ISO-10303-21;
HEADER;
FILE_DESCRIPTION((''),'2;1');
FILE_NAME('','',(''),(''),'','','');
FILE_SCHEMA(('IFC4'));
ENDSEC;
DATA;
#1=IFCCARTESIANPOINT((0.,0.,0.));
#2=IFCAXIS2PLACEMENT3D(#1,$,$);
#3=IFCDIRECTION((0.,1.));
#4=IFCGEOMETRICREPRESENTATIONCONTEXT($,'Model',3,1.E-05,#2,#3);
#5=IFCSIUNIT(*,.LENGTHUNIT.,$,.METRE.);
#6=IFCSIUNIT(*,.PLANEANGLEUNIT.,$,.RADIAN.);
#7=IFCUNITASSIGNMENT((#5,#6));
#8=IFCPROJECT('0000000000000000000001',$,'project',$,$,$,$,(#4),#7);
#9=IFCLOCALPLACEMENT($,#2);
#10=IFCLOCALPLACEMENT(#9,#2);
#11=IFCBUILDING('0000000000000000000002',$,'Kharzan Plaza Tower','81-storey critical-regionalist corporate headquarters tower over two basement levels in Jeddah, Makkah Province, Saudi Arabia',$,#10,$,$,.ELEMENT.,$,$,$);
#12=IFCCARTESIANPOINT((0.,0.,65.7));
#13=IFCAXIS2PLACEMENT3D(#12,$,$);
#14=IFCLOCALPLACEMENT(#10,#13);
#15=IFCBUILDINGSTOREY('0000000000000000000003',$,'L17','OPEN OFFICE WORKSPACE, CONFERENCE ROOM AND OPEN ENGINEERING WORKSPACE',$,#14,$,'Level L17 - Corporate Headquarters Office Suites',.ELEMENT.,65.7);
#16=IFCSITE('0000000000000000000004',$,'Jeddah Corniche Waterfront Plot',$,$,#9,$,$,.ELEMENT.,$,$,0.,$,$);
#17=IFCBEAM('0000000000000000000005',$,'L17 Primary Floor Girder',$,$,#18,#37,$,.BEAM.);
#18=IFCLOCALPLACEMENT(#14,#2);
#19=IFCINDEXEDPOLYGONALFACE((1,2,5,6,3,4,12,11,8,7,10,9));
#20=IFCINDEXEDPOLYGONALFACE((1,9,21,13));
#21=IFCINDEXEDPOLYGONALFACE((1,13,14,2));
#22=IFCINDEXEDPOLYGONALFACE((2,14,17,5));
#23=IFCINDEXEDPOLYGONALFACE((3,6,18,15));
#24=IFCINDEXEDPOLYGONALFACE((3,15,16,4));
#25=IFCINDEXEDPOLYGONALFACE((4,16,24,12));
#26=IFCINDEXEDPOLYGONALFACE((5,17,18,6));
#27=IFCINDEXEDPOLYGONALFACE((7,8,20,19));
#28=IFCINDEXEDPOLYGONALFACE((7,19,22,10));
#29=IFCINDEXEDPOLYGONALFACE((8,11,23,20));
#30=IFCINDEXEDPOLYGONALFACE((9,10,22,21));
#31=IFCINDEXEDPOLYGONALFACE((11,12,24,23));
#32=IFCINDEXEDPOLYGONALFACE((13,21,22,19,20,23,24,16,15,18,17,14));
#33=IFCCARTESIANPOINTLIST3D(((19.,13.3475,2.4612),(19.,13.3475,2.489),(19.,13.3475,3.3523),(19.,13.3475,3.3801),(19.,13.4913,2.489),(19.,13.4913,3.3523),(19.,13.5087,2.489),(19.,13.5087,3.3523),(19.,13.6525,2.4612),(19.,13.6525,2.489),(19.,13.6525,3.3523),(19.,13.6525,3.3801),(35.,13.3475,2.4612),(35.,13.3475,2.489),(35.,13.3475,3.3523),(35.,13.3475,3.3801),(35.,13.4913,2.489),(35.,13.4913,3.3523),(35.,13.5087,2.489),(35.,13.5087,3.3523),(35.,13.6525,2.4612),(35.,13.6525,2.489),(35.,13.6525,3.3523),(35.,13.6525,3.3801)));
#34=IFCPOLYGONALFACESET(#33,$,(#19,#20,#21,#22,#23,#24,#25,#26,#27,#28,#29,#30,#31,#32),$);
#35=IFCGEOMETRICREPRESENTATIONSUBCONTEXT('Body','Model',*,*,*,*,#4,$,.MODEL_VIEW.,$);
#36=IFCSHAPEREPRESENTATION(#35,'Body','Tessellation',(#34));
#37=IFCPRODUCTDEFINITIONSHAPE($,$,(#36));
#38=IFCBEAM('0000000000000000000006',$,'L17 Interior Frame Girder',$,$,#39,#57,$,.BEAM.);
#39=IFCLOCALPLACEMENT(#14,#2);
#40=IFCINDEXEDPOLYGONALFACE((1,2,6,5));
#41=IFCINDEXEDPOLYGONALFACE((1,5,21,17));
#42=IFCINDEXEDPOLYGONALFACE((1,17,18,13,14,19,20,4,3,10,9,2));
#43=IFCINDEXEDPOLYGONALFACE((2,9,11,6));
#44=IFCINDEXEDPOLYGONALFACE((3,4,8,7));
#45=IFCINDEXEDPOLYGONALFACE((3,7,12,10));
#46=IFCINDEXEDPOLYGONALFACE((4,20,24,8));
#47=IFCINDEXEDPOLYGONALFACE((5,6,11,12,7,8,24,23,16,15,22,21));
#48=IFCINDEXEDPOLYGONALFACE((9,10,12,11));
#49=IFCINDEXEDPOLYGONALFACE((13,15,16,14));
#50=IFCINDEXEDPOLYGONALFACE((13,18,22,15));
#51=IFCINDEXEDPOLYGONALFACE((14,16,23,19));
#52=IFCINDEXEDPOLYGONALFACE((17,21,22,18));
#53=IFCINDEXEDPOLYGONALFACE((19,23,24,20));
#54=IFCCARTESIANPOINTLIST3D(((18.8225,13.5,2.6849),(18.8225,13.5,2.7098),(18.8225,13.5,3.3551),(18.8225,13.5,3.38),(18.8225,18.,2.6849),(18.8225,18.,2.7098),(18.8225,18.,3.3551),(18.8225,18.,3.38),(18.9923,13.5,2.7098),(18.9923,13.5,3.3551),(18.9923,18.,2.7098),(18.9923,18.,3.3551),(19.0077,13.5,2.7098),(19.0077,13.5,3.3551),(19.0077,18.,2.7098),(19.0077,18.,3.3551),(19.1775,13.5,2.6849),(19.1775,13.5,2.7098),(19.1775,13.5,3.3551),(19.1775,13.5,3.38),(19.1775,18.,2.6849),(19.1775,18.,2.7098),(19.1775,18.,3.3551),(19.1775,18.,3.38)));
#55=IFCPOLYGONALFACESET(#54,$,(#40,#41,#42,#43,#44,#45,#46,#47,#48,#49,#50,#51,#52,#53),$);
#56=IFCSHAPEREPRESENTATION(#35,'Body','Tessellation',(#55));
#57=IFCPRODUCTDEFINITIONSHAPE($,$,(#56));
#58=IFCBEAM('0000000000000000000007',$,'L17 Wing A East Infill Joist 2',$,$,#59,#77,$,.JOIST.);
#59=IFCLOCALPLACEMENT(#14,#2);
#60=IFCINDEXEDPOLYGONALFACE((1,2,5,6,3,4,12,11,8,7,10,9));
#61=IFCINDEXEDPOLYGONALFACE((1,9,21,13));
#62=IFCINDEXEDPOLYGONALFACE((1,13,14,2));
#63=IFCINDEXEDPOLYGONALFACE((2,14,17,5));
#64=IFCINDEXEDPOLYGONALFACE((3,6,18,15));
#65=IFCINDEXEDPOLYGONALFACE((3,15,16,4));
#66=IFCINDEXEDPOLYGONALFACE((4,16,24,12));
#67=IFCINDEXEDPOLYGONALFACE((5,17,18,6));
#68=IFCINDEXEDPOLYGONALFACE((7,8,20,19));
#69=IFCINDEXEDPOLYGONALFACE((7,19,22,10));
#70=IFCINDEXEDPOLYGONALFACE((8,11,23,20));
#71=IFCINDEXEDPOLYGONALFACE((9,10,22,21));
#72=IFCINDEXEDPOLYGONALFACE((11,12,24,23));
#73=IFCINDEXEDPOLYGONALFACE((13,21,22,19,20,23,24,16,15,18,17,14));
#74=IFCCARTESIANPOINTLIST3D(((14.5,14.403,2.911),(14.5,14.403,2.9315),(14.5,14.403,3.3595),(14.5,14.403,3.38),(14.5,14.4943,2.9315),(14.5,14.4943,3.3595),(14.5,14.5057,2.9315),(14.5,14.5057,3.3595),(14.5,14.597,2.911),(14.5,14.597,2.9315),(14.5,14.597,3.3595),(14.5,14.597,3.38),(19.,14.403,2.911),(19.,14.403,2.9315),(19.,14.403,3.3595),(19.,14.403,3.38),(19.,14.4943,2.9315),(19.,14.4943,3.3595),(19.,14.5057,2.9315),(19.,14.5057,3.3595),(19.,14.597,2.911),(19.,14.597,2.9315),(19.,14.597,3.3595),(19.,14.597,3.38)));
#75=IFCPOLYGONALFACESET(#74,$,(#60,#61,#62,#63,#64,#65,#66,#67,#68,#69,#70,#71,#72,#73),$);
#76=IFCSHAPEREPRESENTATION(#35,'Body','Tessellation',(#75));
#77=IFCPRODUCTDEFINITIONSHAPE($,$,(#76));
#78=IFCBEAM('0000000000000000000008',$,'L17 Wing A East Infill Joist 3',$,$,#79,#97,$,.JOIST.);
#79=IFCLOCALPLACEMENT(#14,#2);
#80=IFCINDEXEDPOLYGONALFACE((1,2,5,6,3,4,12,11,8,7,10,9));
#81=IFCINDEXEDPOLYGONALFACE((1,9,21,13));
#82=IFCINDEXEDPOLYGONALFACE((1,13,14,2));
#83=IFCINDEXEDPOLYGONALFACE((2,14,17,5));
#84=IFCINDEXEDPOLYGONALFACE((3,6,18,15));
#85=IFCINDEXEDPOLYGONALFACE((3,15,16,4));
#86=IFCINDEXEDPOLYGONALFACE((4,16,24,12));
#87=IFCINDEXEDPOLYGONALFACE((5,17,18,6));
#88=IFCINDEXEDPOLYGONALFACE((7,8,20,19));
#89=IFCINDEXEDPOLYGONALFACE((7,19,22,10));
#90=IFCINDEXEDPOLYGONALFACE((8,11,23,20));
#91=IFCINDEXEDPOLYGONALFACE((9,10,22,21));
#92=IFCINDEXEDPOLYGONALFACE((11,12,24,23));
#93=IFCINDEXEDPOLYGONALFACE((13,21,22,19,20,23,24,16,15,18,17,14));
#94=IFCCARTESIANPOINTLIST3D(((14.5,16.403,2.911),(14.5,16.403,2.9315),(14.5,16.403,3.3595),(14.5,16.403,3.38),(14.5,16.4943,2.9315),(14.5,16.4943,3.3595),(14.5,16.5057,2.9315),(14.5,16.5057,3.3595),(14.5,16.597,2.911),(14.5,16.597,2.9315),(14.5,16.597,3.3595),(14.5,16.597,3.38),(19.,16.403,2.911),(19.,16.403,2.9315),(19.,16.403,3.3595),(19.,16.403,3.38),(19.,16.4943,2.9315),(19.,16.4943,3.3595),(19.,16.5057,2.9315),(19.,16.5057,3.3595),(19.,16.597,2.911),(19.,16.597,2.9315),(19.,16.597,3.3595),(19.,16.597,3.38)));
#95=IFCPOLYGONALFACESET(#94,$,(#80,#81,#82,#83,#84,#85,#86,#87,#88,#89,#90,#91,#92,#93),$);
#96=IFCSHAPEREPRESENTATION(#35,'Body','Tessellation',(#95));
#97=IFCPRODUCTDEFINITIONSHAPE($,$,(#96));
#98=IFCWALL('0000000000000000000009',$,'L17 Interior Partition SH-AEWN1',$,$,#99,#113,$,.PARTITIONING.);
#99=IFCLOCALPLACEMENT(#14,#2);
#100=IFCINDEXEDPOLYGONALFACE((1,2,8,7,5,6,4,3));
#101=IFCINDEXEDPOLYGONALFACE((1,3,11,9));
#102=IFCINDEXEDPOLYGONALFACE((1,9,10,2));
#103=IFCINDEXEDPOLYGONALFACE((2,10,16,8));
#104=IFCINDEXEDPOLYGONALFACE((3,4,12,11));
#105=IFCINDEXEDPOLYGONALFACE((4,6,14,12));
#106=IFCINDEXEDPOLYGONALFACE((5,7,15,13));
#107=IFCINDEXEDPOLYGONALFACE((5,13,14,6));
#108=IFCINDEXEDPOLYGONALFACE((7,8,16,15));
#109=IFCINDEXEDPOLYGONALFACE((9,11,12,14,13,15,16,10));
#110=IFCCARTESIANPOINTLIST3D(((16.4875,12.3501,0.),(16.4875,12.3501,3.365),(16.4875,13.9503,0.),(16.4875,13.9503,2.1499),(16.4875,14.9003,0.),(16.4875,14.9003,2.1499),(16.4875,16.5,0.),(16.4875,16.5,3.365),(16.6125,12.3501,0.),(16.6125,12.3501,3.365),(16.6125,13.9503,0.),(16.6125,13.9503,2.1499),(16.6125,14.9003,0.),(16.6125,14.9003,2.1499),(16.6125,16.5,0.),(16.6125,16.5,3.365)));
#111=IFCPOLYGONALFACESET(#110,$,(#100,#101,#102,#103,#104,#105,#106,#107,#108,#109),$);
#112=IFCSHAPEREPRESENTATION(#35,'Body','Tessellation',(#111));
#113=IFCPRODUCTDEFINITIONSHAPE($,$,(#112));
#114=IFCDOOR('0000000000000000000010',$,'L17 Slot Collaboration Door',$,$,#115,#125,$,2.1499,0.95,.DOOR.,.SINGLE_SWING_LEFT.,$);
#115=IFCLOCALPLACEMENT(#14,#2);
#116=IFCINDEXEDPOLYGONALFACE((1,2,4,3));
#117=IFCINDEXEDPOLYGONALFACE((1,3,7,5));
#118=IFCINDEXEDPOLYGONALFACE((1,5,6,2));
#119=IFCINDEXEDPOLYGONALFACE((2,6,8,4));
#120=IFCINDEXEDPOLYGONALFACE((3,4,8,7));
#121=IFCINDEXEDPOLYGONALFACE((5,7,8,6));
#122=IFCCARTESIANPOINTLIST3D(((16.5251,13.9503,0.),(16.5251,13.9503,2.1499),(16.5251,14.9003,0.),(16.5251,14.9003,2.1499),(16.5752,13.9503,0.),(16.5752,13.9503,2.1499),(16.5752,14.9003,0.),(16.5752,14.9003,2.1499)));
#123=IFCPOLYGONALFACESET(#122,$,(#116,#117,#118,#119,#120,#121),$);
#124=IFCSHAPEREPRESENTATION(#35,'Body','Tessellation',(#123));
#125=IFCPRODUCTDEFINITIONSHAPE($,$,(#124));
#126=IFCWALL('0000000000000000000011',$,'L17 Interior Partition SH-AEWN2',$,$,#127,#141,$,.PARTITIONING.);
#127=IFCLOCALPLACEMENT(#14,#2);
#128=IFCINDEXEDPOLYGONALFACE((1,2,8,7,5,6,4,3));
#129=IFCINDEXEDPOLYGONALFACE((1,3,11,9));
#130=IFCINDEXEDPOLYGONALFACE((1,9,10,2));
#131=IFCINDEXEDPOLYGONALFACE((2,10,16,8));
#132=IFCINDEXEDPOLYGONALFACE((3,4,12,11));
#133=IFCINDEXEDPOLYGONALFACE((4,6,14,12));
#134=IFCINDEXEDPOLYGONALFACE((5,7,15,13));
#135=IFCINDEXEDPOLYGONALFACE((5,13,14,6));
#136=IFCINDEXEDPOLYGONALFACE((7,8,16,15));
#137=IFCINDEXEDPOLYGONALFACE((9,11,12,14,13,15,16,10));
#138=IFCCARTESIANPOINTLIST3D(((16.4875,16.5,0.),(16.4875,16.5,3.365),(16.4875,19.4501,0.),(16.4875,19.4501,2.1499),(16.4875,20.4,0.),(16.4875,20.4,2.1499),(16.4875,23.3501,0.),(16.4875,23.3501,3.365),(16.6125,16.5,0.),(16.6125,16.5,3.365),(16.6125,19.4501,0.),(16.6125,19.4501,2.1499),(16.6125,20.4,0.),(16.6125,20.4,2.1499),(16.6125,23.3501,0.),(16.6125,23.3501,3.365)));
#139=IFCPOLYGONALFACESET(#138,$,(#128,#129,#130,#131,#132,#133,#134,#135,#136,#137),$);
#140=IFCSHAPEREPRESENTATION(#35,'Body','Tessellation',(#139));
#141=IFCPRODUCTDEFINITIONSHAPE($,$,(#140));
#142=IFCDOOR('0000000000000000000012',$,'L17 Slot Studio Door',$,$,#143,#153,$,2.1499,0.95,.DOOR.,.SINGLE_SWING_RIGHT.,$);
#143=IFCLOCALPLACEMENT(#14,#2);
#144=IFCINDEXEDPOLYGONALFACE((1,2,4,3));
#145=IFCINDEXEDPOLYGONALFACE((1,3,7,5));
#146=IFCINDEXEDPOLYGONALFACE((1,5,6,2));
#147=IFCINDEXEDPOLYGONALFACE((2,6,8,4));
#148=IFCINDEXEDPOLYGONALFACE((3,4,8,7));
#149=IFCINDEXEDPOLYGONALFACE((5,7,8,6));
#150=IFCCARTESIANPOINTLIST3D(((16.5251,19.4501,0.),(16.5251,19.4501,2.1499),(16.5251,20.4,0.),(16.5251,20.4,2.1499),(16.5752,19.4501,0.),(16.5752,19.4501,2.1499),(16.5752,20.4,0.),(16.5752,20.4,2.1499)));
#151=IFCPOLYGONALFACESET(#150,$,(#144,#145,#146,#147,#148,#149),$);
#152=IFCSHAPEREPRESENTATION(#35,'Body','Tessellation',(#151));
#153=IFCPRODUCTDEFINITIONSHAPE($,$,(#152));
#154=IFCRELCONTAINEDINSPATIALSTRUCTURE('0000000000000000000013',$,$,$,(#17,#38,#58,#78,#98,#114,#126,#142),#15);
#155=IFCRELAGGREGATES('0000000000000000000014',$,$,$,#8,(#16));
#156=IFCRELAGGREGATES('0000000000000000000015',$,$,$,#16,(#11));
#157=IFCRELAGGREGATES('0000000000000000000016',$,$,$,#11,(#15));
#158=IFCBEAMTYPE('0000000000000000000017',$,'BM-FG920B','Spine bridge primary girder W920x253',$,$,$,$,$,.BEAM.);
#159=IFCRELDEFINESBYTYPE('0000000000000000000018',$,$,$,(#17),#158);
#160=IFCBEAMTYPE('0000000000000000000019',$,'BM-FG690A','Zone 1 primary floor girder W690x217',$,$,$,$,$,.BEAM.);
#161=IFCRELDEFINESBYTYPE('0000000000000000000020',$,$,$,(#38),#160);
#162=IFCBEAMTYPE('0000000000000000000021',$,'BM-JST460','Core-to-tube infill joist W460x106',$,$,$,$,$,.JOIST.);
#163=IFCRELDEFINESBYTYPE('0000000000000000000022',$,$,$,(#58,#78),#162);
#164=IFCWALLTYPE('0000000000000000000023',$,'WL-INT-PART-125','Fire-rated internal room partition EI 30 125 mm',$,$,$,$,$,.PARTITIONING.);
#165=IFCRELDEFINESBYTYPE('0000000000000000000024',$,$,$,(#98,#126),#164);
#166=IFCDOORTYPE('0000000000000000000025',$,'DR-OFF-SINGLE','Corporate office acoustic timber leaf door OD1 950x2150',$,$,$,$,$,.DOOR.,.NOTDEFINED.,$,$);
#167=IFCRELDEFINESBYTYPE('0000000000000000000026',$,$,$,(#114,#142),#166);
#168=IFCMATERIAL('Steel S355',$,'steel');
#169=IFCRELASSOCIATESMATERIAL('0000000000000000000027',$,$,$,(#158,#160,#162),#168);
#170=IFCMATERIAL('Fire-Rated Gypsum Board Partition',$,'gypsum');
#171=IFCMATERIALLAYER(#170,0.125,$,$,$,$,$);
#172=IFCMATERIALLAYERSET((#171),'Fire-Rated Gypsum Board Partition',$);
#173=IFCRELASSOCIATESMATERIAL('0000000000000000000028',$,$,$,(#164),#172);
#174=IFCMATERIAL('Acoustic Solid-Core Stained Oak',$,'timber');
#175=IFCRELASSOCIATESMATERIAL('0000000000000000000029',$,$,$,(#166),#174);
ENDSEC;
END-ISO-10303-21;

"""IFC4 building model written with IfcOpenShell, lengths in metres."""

from ifc_helpers import new_model, si_unit, direction, frame, frame_2d, origin, origin_2d, place, context, subcontext, project, spatial, rectangle, i_section, extrude, source, transform, mapped, material, layer, layer_set, material_profile, profile_set, type_object, element, fill, save


model = new_model("IFC4")

# Units and contexts
model_context = context("Model", 3, precision=1e-05, world=origin(), true_north=direction((0.0, 1.0)))
body_context = subcontext(model_context, "Body", "Model", "MODEL_VIEW")
ifc_project = project(units=[si_unit("LENGTHUNIT", "METRE"), si_unit("PLANEANGLEUNIT", "RADIAN")], contexts=[model_context])

# Site, building, storey
site_placement = place(None, origin())
site = spatial("IfcSite", under=ifc_project, at=site_placement, Name="Jeddah Corniche Waterfront Plot", CompositionType="ELEMENT", RefElevation=0.0)
building_placement = place(site_placement, origin())
building = spatial("IfcBuilding", under=site, at=building_placement, Name="Kharzan Plaza Tower", Description="81-storey critical-regionalist corporate headquarters tower over two basement levels in Jeddah, Makkah Province, Saudi Arabia", CompositionType="ELEMENT")
storey_placement = place(building_placement, frame((0.0, 0.0, 65.7)))
storey = spatial("IfcBuildingStorey", under=building, at=storey_placement, Name="L17", Description="OPEN OFFICE WORKSPACE, CONFERENCE ROOM AND OPEN ENGINEERING WORKSPACE", LongName="Level L17 - Corporate Headquarters Office Suites", CompositionType="ELEMENT", Elevation=65.7)

# Beams
ifc_material_1 = material(Name="Steel S355", Category="steel")
ifc_material_profile_1 = material_profile(ifc_material_1, i_section(OverallWidth=0.3049, OverallDepth=0.9189, WebThickness=0.0173, FlangeThickness=0.0278, at=origin_2d()), Name="W920x253")
ifc_profile_set_1 = profile_set([ifc_material_profile_1], Name="Steel S355")
beam_type_1 = type_object("IfcBeamType", Name="BM-FG920B", Description="Spine bridge primary girder W920x253", PredefinedType="BEAM", material=ifc_profile_set_1)
shared_shape_1 = source(origin(), body_context, "Body", "SweptSolid", [
    extrude(i_section(OverallWidth=0.3049, OverallDepth=0.9189, WebThickness=0.0173, FlangeThickness=0.0278, at=origin_2d()), origin(), (0.0, 0.0, 1.0), 16.0),
])
beam_1_placement = place(storey_placement, frame((19.0, 13.5, 2.9207), z_axis=(1.0, 0.0, 0.0), x_axis=(0.0, 1.0, 0.0)))
element("IfcBeam", 1, at=beam_1_placement, inside=storey, type_object=beam_type_1, Name="L17 Primary Floor Girder", PredefinedType="BEAM", context=body_context, shape_type="MappedRepresentation", body=[
    mapped(shared_shape_1, transform((0.0, 0.0, 0.0), x_axis=(1.0, 0.0, 0.0), y_axis=(0.0, 1.0, 0.0), z_axis=(0.0, 0.0, 1.0))),
])
ifc_material_profile_2 = material_profile(ifc_material_1, i_section(OverallWidth=0.355, OverallDepth=0.6951, WebThickness=0.0154, FlangeThickness=0.0249, at=origin_2d()), Name="W690x217")
ifc_profile_set_2 = profile_set([ifc_material_profile_2], Name="Steel S355")
beam_type_2 = type_object("IfcBeamType", Name="BM-FG690A", Description="Zone 1 primary floor girder W690x217", PredefinedType="BEAM", material=ifc_profile_set_2)
shared_shape_2 = source(origin(), body_context, "Body", "SweptSolid", [
    extrude(i_section(OverallWidth=0.355, OverallDepth=0.6951, WebThickness=0.0154, FlangeThickness=0.0249, at=origin_2d()), origin(), (0.0, 0.0, 1.0), 4.5),
])
beam_2_placement = place(storey_placement, frame((19.0, 13.5, 3.0325), z_axis=(0.0, 1.0, 0.0), x_axis=(-1.0, 0.0, 0.0)))
element("IfcBeam", 2, at=beam_2_placement, inside=storey, type_object=beam_type_2, Name="L17 Interior Frame Girder", PredefinedType="BEAM", context=body_context, shape_type="MappedRepresentation", body=[
    mapped(shared_shape_2, transform((0.0, 0.0, 0.0), x_axis=(1.0, 0.0, 0.0), y_axis=(0.0, 1.0, 0.0), z_axis=(0.0, 0.0, 1.0))),
])
ifc_material_profile_3 = material_profile(ifc_material_1, i_section(OverallWidth=0.1941, OverallDepth=0.469, WebThickness=0.0115, FlangeThickness=0.0205, at=origin_2d()), Name="W460x106")
ifc_profile_set_3 = profile_set([ifc_material_profile_3], Name="Steel S355")
beam_type_3 = type_object("IfcBeamType", Name="BM-JST460", Description="Core-to-tube infill joist W460x106", PredefinedType="JOIST", material=ifc_profile_set_3)
shared_shape_3 = source(origin(), body_context, "Body", "SweptSolid", [
    extrude(i_section(OverallWidth=0.1941, OverallDepth=0.469, WebThickness=0.0115, FlangeThickness=0.0205, at=origin_2d()), origin(), (0.0, 0.0, 1.0), 4.5),
])
for number, where, z_axis, x_axis, name in (
    (3, (14.5, 14.5, 3.1455), (1.0, 0.0, 0.0), (0.0, 1.0, 0.0), "L17 Wing A East Infill Joist 2"),
    (4, (14.5, 16.5, 3.1455), (1.0, 0.0, 0.0), (0.0, 1.0, 0.0), "L17 Wing A East Infill Joist 3"),
):
    element("IfcBeam", number, at=place(storey_placement, frame(where, z_axis=z_axis, x_axis=x_axis)), inside=storey, type_object=beam_type_3, Name=name, PredefinedType="JOIST", context=body_context, shape_type="MappedRepresentation", body=[
        mapped(shared_shape_3, transform((0.0, 0.0, 0.0), x_axis=(1.0, 0.0, 0.0), y_axis=(0.0, 1.0, 0.0), z_axis=(0.0, 0.0, 1.0))),
    ])

# Walls, openings, doors
ifc_material_2 = material(Name="Fire-Rated Gypsum Board Partition", Category="gypsum")
ifc_layer_1 = layer(ifc_material_2, 0.125)
ifc_layer_set_1 = layer_set([ifc_layer_1], Name="Fire-Rated Gypsum Board Partition")
wall_type_1 = type_object("IfcWallType", Name="WL-INT-PART-125", Description="Fire-rated internal room partition EI 30 125 mm", PredefinedType="PARTITIONING", material=ifc_layer_set_1)
wall_1_placement = place(storey_placement, frame((16.55, 12.3501, 0.0), z_axis=(0.0, 0.0, 1.0), x_axis=(0.0, 1.0, 0.0)))
wall_1 = element("IfcWall", 5, at=wall_1_placement, inside=storey, type_object=wall_type_1, Name="L17 Interior Partition SH-AEWN1", PredefinedType="PARTITIONING", context=body_context, shape_type="SweptSolid", body=[
    extrude(rectangle(XDim=4.1499, YDim=0.125, at=frame_2d((2.075, 0.0))), origin(), (0.0, 0.0, 1.0), 3.365),
])
opening_1_placement = place(wall_1_placement, frame((1.6001, 0.0, 0.0)))
opening_1 = element("IfcOpeningElement", 6, at=opening_1_placement, cuts=wall_1, PredefinedType="OPENING", context=body_context, shape_type="SweptSolid", body=[
    extrude(rectangle(XDim=0.95, YDim=2.1499, at=frame_2d((0.4751, 1.075))), frame((0.0, 0.0725, 0.0), z_axis=(0.0, -1.0, 0.0), x_axis=(1.0, 0.0, 0.0)), (0.0, 0.0, 1.0), 0.145),
])
ifc_material_3 = material(Name="Acoustic Solid-Core Stained Oak", Category="timber")
door_type_1 = type_object("IfcDoorType", Name="DR-OFF-SINGLE", Description="Corporate office acoustic timber leaf door OD1 950x2150", OperationType="NOTDEFINED", PredefinedType="DOOR", material=ifc_material_3)
shared_shape_4 = source(origin(), body_context, "Body", "SweptSolid", [
    extrude(rectangle(XDim=0.95, YDim=2.1499, at=frame_2d((0.4751, 1.075))), frame((0.0, 0.0249, 0.0), z_axis=(0.0, -1.0, 0.0), x_axis=(1.0, 0.0, 0.0)), (0.0, 0.0, 1.0), 0.05),
])
door_1_placement = place(opening_1_placement, origin())
door_1 = element("IfcDoor", 7, at=door_1_placement, inside=storey, type_object=door_type_1, Name="L17 Slot Collaboration Door", OperationType="SINGLE_SWING_LEFT", OverallHeight=2.1499, OverallWidth=0.95, PredefinedType="DOOR", context=body_context, shape_type="MappedRepresentation", body=[
    mapped(shared_shape_4, transform((0.0, 0.0, 0.0), x_axis=(1.0, 0.0, 0.0), y_axis=(0.0, 1.0, 0.0), z_axis=(0.0, 0.0, 1.0))),
])
fill(opening_1, door_1)
wall_2_placement = place(storey_placement, frame((16.55, 16.5, 0.0), z_axis=(0.0, 0.0, 1.0), x_axis=(0.0, 1.0, 0.0)))
wall_2 = element("IfcWall", 8, at=wall_2_placement, inside=storey, type_object=wall_type_1, Name="L17 Interior Partition SH-AEWN2", PredefinedType="PARTITIONING", context=body_context, shape_type="SweptSolid", body=[
    extrude(rectangle(XDim=6.8501, YDim=0.125, at=frame_2d((3.425, 0.0))), origin(), (0.0, 0.0, 1.0), 3.365),
])
opening_2_placement = place(wall_2_placement, frame((2.95, 0.0, 0.0)))
opening_2 = element("IfcOpeningElement", 9, at=opening_2_placement, cuts=wall_2, PredefinedType="OPENING", context=body_context, shape_type="SweptSolid", body=[
    extrude(rectangle(XDim=0.95, YDim=2.1499, at=frame_2d((0.4751, 1.075))), frame((0.0, 0.0725, 0.0), z_axis=(0.0, -1.0, 0.0), x_axis=(1.0, 0.0, 0.0)), (0.0, 0.0, 1.0), 0.145),
])
door_2_placement = place(opening_2_placement, origin())
door_2 = element("IfcDoor", 10, at=door_2_placement, inside=storey, type_object=door_type_1, Name="L17 Slot Studio Door", OperationType="SINGLE_SWING_RIGHT", OverallHeight=2.1499, OverallWidth=0.95, PredefinedType="DOOR", context=body_context, shape_type="MappedRepresentation", body=[
    mapped(shared_shape_4, transform((0.0, 0.0, 0.0), x_axis=(1.0, 0.0, 0.0), y_axis=(0.0, 1.0, 0.0), z_axis=(0.0, 0.0, 1.0))),
])
fill(opening_2, door_2)

save(model, "model.ifc")
